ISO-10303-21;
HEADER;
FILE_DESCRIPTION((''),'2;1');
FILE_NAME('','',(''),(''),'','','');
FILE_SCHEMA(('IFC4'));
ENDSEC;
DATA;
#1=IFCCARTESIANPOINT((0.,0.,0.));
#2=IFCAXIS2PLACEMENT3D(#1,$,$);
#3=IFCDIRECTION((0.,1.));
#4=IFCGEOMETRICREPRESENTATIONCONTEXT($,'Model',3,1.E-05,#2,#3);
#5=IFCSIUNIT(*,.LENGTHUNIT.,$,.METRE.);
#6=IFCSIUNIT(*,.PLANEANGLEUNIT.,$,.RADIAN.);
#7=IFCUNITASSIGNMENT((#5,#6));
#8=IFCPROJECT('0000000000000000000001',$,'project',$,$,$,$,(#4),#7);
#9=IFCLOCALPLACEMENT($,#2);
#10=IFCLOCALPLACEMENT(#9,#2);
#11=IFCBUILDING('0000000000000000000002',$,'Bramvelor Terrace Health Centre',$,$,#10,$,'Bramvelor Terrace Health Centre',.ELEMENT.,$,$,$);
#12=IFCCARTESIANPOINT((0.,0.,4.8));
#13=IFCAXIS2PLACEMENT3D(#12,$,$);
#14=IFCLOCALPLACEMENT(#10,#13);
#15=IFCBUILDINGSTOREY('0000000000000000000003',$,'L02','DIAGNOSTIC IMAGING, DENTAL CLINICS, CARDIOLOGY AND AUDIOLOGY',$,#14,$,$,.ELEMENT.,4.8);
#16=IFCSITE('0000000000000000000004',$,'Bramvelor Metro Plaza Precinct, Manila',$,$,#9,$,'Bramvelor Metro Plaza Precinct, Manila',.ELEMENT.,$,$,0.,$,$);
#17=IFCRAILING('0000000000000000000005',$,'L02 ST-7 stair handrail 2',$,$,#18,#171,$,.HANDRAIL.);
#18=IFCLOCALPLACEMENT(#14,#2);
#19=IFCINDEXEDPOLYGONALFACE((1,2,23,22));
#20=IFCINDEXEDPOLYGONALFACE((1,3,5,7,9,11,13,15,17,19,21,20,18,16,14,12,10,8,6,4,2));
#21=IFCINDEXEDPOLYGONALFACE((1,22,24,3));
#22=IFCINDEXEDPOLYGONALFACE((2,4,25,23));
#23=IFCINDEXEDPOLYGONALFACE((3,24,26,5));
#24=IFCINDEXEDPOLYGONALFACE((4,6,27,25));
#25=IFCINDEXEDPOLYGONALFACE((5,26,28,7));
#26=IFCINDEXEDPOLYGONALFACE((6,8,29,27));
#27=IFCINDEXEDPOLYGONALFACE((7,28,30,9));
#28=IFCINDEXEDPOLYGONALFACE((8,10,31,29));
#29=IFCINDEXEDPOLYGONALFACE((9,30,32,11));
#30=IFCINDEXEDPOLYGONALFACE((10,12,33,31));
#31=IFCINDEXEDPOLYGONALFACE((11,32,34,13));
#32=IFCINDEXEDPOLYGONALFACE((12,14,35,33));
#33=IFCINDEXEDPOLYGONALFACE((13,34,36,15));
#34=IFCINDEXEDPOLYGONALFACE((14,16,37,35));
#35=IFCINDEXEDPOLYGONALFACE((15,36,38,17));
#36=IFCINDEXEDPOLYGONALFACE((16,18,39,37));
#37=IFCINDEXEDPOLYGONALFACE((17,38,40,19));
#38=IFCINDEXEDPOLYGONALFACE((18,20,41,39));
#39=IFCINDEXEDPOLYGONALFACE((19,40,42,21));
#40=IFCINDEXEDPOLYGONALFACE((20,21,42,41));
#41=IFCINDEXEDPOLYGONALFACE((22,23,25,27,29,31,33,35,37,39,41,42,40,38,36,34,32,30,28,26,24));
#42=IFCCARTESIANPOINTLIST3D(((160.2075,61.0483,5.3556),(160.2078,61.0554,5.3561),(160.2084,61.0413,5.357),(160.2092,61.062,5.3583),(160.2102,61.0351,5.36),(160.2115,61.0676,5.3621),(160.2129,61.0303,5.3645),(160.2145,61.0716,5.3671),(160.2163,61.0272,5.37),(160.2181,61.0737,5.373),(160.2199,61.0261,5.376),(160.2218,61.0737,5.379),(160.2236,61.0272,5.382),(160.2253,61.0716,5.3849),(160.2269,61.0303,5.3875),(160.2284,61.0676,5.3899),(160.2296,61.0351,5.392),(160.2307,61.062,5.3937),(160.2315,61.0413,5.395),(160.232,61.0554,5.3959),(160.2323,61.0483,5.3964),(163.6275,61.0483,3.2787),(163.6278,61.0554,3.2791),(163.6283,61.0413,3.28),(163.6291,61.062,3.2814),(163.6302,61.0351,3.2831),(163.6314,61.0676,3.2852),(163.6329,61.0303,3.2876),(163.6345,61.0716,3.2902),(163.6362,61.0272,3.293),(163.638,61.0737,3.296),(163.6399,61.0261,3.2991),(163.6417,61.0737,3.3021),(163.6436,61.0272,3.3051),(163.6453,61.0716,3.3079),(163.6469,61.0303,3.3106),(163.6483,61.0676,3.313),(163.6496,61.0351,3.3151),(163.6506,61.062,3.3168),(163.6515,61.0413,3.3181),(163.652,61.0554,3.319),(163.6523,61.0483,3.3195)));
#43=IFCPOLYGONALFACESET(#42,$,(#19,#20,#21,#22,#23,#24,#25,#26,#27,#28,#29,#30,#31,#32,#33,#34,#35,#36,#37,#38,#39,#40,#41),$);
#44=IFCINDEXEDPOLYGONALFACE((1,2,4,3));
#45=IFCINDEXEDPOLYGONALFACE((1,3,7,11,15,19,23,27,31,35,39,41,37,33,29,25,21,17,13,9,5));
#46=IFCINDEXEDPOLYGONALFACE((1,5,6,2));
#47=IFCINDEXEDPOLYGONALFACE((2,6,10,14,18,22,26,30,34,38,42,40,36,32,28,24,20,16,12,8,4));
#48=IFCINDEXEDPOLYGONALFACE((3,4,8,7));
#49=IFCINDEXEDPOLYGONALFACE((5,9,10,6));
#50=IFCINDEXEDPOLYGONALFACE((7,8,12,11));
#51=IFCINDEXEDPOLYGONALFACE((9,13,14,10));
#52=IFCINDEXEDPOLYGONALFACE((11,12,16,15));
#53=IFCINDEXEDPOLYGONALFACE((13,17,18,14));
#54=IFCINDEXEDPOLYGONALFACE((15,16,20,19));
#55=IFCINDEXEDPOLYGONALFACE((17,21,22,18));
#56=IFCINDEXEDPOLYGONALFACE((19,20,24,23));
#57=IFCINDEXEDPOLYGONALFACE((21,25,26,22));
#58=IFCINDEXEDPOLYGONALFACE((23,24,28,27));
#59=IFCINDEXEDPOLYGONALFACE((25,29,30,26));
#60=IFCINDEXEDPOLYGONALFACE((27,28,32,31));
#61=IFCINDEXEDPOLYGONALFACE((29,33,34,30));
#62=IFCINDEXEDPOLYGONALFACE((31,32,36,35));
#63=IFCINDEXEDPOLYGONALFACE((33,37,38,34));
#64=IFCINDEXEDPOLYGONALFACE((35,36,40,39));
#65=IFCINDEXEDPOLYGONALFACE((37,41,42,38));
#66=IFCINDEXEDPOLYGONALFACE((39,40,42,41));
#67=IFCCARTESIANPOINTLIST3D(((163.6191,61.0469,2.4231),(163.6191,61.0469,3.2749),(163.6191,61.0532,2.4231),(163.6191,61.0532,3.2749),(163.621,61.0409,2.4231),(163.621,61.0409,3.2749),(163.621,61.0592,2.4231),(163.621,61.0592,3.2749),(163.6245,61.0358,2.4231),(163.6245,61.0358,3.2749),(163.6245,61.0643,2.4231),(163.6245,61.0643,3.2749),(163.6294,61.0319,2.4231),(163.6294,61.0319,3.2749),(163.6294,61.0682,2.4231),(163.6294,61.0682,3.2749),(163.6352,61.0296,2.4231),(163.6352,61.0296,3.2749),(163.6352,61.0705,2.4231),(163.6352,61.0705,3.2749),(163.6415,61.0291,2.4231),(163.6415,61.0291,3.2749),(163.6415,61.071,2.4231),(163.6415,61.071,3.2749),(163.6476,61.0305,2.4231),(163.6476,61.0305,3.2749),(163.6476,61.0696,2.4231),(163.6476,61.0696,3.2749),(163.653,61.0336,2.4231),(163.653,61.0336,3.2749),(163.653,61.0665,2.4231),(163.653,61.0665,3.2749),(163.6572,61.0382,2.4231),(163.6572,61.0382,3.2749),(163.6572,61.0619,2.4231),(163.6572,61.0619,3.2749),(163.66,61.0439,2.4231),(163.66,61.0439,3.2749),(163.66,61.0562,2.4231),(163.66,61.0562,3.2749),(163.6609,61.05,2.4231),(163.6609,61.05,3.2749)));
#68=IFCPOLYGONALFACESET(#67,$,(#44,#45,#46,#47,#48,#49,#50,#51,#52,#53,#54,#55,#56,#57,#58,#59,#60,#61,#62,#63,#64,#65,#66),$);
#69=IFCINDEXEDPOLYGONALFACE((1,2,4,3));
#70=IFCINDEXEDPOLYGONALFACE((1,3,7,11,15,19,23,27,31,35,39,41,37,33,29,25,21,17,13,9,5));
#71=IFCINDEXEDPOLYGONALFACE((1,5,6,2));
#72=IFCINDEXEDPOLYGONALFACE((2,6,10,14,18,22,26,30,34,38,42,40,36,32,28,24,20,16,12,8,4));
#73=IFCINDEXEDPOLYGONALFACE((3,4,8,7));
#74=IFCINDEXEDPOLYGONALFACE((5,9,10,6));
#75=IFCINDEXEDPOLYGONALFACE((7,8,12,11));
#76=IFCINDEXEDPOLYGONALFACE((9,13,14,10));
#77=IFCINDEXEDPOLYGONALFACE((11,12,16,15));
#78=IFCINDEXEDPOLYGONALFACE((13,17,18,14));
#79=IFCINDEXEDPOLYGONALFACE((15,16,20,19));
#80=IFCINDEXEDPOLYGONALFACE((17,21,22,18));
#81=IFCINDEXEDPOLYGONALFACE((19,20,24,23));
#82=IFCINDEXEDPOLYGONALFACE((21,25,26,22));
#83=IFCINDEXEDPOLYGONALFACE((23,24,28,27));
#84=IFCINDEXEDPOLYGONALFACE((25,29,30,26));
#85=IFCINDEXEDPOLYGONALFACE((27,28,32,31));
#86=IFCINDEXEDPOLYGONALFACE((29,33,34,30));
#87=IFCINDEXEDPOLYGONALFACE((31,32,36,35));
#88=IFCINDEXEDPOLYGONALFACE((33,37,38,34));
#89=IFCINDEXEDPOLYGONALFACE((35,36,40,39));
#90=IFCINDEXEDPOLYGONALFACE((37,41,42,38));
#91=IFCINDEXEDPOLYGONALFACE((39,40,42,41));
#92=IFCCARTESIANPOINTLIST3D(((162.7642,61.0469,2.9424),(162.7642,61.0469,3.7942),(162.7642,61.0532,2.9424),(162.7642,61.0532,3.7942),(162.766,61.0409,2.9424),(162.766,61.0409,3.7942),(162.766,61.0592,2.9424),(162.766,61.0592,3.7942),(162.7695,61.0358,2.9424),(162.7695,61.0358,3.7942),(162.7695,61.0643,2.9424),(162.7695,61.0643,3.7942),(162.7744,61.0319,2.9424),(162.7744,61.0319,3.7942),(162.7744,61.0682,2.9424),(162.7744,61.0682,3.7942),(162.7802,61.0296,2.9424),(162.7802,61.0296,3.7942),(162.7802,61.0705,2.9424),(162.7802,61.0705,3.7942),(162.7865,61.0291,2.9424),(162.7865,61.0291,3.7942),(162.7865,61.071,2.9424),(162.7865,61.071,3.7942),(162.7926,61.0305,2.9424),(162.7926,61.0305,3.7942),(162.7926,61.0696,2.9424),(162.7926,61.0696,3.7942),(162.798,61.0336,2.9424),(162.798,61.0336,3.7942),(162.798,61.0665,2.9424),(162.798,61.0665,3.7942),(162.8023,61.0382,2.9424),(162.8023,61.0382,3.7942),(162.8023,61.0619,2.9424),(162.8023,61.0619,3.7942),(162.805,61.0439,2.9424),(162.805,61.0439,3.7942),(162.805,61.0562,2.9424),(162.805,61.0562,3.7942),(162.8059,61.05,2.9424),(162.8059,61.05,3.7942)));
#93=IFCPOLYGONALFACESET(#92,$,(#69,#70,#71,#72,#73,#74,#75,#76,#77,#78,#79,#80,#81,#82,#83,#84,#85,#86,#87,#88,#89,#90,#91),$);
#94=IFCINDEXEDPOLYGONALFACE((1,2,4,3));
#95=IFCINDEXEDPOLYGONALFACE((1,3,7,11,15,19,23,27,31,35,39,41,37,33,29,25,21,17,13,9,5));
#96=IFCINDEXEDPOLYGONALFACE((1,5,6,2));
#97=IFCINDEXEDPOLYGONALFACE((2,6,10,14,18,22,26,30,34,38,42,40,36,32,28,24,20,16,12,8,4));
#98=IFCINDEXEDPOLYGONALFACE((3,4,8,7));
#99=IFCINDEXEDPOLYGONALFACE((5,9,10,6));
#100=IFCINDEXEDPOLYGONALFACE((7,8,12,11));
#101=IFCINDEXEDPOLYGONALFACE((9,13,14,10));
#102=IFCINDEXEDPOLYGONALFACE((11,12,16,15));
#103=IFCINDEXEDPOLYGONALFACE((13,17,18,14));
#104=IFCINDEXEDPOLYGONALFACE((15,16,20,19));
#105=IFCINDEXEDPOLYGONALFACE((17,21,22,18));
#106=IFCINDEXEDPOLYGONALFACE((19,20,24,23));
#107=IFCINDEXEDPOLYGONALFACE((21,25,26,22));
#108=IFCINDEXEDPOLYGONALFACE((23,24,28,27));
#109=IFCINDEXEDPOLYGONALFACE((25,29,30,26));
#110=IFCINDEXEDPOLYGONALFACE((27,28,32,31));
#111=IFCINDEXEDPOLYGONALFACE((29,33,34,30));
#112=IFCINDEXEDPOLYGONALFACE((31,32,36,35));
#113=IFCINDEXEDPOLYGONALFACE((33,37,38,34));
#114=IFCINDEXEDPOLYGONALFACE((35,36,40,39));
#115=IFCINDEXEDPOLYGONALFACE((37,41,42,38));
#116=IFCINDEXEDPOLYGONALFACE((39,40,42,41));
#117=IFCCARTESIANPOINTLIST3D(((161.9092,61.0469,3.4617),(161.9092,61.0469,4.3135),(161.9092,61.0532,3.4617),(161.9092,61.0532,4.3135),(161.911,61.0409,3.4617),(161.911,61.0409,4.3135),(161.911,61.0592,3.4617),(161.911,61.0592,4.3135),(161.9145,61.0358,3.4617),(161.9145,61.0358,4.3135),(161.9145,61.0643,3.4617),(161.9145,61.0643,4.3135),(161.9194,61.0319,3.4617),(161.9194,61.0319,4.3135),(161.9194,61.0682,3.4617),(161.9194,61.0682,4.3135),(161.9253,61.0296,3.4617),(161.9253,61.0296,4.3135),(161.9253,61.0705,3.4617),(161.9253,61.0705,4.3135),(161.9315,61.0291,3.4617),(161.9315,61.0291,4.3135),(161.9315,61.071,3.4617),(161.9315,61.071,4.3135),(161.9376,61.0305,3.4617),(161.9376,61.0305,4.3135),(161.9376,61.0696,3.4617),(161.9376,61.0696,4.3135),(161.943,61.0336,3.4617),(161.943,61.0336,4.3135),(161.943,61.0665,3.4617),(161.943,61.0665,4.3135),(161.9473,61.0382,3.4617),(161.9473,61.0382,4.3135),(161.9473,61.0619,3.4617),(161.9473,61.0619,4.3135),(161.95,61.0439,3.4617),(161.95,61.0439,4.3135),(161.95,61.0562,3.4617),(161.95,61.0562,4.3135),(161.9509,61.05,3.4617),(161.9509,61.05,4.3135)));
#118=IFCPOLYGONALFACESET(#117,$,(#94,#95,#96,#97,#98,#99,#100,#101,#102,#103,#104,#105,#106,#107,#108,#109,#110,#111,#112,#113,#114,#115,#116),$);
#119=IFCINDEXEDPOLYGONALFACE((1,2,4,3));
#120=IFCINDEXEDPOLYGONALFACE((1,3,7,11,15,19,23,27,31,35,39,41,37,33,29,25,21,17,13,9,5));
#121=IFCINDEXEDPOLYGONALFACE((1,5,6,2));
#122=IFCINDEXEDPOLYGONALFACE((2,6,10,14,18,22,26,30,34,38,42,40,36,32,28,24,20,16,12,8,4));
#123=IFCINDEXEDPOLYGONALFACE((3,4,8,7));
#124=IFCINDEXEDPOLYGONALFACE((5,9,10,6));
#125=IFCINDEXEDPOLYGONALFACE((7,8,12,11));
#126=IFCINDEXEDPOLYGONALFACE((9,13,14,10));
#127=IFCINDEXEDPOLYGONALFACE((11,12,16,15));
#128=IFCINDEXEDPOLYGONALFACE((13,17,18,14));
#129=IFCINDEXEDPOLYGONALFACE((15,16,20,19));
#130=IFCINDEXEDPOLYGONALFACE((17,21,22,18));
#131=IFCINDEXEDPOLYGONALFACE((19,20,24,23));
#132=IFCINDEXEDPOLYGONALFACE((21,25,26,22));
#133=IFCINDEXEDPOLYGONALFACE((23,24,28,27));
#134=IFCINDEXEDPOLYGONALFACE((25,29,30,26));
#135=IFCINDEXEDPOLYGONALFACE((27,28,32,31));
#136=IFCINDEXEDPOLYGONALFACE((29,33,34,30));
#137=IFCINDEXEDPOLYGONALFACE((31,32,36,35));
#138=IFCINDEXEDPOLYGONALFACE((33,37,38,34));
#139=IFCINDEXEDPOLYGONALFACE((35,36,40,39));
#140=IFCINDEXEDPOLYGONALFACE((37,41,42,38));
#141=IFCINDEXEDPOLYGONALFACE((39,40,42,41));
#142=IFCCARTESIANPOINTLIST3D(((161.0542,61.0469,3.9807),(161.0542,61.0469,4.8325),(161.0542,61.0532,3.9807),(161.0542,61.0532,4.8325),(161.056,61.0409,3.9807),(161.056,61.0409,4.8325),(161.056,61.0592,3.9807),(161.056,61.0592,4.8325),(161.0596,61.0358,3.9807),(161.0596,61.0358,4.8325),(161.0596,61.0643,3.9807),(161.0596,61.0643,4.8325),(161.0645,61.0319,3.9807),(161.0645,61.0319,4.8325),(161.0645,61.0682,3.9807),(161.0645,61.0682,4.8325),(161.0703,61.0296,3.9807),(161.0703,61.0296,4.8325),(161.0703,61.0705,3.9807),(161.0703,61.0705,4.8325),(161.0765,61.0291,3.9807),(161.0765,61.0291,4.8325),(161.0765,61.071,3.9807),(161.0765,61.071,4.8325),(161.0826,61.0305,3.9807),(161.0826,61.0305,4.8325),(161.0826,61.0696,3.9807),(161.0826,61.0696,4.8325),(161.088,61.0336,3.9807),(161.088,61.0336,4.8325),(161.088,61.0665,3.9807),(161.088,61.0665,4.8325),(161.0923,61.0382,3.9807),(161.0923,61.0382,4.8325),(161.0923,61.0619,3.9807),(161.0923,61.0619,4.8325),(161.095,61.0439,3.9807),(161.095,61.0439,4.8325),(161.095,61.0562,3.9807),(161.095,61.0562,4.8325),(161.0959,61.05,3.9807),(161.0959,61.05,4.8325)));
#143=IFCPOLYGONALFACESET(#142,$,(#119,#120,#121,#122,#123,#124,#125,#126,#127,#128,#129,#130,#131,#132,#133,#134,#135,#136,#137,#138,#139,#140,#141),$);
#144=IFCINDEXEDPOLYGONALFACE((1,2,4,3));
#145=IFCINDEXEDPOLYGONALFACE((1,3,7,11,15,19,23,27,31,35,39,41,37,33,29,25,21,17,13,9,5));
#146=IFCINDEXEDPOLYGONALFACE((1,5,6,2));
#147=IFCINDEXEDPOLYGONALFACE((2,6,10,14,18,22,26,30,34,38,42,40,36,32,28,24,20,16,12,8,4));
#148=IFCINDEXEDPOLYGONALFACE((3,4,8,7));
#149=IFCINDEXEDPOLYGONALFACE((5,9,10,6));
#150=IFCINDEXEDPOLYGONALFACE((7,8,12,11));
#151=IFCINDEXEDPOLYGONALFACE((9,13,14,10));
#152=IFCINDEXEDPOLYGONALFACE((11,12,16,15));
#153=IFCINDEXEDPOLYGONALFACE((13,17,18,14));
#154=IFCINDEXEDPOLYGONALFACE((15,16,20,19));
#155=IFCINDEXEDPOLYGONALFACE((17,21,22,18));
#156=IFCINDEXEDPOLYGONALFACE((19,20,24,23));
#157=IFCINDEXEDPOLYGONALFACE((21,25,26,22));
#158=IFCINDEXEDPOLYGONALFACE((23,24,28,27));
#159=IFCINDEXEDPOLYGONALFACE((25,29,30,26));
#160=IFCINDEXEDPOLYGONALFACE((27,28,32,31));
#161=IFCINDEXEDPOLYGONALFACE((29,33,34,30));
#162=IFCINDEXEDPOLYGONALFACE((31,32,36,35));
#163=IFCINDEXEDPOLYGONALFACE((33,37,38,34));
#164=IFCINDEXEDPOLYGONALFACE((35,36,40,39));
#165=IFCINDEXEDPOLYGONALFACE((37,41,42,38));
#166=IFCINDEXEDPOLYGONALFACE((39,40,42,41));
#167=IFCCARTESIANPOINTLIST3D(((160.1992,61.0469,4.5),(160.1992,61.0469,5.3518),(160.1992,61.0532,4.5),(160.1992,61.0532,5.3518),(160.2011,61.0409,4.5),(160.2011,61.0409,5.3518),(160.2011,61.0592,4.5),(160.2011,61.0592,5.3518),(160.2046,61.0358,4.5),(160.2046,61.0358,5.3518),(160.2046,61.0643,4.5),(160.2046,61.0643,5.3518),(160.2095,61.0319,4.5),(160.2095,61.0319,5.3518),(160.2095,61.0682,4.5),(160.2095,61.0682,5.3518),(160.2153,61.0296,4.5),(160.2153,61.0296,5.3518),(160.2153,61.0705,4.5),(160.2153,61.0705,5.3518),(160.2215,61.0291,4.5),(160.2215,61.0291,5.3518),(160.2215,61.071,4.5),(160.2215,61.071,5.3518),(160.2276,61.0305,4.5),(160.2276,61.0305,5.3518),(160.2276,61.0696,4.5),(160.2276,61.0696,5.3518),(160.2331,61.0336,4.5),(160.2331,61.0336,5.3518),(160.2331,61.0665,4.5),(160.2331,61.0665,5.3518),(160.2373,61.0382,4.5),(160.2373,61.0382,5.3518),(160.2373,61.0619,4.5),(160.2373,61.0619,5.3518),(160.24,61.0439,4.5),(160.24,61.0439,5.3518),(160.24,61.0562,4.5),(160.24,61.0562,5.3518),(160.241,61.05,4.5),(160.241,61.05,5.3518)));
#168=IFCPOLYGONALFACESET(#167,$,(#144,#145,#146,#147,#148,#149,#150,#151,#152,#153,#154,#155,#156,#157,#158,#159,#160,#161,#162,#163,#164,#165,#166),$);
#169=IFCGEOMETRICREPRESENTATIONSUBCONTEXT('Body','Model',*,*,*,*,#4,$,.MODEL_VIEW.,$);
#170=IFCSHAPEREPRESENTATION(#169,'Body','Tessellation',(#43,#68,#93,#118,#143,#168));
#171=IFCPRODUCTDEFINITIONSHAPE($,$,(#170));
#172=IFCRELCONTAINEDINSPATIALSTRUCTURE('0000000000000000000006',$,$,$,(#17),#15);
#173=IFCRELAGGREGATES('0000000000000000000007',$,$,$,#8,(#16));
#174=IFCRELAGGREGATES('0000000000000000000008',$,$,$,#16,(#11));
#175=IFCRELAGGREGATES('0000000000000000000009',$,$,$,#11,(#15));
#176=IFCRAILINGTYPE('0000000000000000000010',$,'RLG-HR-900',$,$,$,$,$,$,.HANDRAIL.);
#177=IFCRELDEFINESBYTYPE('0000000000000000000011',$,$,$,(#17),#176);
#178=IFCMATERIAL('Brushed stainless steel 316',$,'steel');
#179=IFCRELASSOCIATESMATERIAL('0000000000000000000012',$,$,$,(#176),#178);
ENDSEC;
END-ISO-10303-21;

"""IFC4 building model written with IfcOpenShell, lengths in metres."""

from ifc_helpers import new_model, si_unit, direction, frame, origin, origin_2d, place, context, subcontext, project, spatial, circle, extrude, material, type_object, element, save


model = new_model("IFC4")

# Units and contexts
model_context = context("Model", 3, precision=1e-05, world=origin(), true_north=direction((0.0, 1.0)))
body_context = subcontext(model_context, "Body", "Model", "MODEL_VIEW")
ifc_project = project(units=[si_unit("LENGTHUNIT", "METRE"), si_unit("PLANEANGLEUNIT", "RADIAN")], contexts=[model_context])

# Site, building, storey
site_placement = place(None, origin())
site = spatial("IfcSite", under=ifc_project, at=site_placement, Name="Bramvelor Metro Plaza Precinct, Manila", LongName="Bramvelor Metro Plaza Precinct, Manila", CompositionType="ELEMENT", RefElevation=0.0)
building_placement = place(site_placement, origin())
building = spatial("IfcBuilding", under=site, at=building_placement, Name="Bramvelor Terrace Health Centre", LongName="Bramvelor Terrace Health Centre", CompositionType="ELEMENT")
storey_placement = place(building_placement, frame((0.0, 0.0, 4.8)))
storey = spatial("IfcBuildingStorey", under=building, at=storey_placement, Name="L02", Description="DIAGNOSTIC IMAGING, DENTAL CLINICS, CARDIOLOGY AND AUDIOLOGY", CompositionType="ELEMENT", Elevation=4.8)

# Railing
ifc_material_1 = material(Name="Brushed stainless steel 316", Category="steel")
railing_type_1 = type_object("IfcRailingType", Name="RLG-HR-900", PredefinedType="HANDRAIL", material=ifc_material_1)
railing_1_placement = place(storey_placement, frame((163.6399, 61.05, 2.4231)))
element("IfcRailing", 1, at=railing_1_placement, inside=storey, type_object=railing_type_1, Name="L02 ST-7 stair handrail 2", PredefinedType="HANDRAIL", context=body_context, shape_type="SweptSolid", body=[
    extrude(circle(Radius=0.0239, at=origin_2d()), frame((0.0, 0.0, 0.876), z_axis=(-0.85473, 0.0, 0.519074), x_axis=(0.0, -1.0, 0.0)), (0.0, 0.0, 1.0), 4.0012),
    extrude(circle(Radius=0.021, at=origin_2d()), origin(), (0.0, 0.0, 1.0), 0.8518),
    extrude(circle(Radius=0.021, at=origin_2d()), frame((-0.855, 0.0, 0.5193)), (0.0, 0.0, 1.0), 0.8518),
    extrude(circle(Radius=0.021, at=origin_2d()), frame((-1.71, 0.0, 1.0386)), (0.0, 0.0, 1.0), 0.8518),
    extrude(circle(Radius=0.021, at=origin_2d()), frame((-2.5649, 0.0, 1.5576)), (0.0, 0.0, 1.0), 0.8518),
    extrude(circle(Radius=0.021, at=origin_2d()), frame((-3.4199, 0.0, 2.0769)), (0.0, 0.0, 1.0), 0.8518),
])

save(model, "model.ifc")
